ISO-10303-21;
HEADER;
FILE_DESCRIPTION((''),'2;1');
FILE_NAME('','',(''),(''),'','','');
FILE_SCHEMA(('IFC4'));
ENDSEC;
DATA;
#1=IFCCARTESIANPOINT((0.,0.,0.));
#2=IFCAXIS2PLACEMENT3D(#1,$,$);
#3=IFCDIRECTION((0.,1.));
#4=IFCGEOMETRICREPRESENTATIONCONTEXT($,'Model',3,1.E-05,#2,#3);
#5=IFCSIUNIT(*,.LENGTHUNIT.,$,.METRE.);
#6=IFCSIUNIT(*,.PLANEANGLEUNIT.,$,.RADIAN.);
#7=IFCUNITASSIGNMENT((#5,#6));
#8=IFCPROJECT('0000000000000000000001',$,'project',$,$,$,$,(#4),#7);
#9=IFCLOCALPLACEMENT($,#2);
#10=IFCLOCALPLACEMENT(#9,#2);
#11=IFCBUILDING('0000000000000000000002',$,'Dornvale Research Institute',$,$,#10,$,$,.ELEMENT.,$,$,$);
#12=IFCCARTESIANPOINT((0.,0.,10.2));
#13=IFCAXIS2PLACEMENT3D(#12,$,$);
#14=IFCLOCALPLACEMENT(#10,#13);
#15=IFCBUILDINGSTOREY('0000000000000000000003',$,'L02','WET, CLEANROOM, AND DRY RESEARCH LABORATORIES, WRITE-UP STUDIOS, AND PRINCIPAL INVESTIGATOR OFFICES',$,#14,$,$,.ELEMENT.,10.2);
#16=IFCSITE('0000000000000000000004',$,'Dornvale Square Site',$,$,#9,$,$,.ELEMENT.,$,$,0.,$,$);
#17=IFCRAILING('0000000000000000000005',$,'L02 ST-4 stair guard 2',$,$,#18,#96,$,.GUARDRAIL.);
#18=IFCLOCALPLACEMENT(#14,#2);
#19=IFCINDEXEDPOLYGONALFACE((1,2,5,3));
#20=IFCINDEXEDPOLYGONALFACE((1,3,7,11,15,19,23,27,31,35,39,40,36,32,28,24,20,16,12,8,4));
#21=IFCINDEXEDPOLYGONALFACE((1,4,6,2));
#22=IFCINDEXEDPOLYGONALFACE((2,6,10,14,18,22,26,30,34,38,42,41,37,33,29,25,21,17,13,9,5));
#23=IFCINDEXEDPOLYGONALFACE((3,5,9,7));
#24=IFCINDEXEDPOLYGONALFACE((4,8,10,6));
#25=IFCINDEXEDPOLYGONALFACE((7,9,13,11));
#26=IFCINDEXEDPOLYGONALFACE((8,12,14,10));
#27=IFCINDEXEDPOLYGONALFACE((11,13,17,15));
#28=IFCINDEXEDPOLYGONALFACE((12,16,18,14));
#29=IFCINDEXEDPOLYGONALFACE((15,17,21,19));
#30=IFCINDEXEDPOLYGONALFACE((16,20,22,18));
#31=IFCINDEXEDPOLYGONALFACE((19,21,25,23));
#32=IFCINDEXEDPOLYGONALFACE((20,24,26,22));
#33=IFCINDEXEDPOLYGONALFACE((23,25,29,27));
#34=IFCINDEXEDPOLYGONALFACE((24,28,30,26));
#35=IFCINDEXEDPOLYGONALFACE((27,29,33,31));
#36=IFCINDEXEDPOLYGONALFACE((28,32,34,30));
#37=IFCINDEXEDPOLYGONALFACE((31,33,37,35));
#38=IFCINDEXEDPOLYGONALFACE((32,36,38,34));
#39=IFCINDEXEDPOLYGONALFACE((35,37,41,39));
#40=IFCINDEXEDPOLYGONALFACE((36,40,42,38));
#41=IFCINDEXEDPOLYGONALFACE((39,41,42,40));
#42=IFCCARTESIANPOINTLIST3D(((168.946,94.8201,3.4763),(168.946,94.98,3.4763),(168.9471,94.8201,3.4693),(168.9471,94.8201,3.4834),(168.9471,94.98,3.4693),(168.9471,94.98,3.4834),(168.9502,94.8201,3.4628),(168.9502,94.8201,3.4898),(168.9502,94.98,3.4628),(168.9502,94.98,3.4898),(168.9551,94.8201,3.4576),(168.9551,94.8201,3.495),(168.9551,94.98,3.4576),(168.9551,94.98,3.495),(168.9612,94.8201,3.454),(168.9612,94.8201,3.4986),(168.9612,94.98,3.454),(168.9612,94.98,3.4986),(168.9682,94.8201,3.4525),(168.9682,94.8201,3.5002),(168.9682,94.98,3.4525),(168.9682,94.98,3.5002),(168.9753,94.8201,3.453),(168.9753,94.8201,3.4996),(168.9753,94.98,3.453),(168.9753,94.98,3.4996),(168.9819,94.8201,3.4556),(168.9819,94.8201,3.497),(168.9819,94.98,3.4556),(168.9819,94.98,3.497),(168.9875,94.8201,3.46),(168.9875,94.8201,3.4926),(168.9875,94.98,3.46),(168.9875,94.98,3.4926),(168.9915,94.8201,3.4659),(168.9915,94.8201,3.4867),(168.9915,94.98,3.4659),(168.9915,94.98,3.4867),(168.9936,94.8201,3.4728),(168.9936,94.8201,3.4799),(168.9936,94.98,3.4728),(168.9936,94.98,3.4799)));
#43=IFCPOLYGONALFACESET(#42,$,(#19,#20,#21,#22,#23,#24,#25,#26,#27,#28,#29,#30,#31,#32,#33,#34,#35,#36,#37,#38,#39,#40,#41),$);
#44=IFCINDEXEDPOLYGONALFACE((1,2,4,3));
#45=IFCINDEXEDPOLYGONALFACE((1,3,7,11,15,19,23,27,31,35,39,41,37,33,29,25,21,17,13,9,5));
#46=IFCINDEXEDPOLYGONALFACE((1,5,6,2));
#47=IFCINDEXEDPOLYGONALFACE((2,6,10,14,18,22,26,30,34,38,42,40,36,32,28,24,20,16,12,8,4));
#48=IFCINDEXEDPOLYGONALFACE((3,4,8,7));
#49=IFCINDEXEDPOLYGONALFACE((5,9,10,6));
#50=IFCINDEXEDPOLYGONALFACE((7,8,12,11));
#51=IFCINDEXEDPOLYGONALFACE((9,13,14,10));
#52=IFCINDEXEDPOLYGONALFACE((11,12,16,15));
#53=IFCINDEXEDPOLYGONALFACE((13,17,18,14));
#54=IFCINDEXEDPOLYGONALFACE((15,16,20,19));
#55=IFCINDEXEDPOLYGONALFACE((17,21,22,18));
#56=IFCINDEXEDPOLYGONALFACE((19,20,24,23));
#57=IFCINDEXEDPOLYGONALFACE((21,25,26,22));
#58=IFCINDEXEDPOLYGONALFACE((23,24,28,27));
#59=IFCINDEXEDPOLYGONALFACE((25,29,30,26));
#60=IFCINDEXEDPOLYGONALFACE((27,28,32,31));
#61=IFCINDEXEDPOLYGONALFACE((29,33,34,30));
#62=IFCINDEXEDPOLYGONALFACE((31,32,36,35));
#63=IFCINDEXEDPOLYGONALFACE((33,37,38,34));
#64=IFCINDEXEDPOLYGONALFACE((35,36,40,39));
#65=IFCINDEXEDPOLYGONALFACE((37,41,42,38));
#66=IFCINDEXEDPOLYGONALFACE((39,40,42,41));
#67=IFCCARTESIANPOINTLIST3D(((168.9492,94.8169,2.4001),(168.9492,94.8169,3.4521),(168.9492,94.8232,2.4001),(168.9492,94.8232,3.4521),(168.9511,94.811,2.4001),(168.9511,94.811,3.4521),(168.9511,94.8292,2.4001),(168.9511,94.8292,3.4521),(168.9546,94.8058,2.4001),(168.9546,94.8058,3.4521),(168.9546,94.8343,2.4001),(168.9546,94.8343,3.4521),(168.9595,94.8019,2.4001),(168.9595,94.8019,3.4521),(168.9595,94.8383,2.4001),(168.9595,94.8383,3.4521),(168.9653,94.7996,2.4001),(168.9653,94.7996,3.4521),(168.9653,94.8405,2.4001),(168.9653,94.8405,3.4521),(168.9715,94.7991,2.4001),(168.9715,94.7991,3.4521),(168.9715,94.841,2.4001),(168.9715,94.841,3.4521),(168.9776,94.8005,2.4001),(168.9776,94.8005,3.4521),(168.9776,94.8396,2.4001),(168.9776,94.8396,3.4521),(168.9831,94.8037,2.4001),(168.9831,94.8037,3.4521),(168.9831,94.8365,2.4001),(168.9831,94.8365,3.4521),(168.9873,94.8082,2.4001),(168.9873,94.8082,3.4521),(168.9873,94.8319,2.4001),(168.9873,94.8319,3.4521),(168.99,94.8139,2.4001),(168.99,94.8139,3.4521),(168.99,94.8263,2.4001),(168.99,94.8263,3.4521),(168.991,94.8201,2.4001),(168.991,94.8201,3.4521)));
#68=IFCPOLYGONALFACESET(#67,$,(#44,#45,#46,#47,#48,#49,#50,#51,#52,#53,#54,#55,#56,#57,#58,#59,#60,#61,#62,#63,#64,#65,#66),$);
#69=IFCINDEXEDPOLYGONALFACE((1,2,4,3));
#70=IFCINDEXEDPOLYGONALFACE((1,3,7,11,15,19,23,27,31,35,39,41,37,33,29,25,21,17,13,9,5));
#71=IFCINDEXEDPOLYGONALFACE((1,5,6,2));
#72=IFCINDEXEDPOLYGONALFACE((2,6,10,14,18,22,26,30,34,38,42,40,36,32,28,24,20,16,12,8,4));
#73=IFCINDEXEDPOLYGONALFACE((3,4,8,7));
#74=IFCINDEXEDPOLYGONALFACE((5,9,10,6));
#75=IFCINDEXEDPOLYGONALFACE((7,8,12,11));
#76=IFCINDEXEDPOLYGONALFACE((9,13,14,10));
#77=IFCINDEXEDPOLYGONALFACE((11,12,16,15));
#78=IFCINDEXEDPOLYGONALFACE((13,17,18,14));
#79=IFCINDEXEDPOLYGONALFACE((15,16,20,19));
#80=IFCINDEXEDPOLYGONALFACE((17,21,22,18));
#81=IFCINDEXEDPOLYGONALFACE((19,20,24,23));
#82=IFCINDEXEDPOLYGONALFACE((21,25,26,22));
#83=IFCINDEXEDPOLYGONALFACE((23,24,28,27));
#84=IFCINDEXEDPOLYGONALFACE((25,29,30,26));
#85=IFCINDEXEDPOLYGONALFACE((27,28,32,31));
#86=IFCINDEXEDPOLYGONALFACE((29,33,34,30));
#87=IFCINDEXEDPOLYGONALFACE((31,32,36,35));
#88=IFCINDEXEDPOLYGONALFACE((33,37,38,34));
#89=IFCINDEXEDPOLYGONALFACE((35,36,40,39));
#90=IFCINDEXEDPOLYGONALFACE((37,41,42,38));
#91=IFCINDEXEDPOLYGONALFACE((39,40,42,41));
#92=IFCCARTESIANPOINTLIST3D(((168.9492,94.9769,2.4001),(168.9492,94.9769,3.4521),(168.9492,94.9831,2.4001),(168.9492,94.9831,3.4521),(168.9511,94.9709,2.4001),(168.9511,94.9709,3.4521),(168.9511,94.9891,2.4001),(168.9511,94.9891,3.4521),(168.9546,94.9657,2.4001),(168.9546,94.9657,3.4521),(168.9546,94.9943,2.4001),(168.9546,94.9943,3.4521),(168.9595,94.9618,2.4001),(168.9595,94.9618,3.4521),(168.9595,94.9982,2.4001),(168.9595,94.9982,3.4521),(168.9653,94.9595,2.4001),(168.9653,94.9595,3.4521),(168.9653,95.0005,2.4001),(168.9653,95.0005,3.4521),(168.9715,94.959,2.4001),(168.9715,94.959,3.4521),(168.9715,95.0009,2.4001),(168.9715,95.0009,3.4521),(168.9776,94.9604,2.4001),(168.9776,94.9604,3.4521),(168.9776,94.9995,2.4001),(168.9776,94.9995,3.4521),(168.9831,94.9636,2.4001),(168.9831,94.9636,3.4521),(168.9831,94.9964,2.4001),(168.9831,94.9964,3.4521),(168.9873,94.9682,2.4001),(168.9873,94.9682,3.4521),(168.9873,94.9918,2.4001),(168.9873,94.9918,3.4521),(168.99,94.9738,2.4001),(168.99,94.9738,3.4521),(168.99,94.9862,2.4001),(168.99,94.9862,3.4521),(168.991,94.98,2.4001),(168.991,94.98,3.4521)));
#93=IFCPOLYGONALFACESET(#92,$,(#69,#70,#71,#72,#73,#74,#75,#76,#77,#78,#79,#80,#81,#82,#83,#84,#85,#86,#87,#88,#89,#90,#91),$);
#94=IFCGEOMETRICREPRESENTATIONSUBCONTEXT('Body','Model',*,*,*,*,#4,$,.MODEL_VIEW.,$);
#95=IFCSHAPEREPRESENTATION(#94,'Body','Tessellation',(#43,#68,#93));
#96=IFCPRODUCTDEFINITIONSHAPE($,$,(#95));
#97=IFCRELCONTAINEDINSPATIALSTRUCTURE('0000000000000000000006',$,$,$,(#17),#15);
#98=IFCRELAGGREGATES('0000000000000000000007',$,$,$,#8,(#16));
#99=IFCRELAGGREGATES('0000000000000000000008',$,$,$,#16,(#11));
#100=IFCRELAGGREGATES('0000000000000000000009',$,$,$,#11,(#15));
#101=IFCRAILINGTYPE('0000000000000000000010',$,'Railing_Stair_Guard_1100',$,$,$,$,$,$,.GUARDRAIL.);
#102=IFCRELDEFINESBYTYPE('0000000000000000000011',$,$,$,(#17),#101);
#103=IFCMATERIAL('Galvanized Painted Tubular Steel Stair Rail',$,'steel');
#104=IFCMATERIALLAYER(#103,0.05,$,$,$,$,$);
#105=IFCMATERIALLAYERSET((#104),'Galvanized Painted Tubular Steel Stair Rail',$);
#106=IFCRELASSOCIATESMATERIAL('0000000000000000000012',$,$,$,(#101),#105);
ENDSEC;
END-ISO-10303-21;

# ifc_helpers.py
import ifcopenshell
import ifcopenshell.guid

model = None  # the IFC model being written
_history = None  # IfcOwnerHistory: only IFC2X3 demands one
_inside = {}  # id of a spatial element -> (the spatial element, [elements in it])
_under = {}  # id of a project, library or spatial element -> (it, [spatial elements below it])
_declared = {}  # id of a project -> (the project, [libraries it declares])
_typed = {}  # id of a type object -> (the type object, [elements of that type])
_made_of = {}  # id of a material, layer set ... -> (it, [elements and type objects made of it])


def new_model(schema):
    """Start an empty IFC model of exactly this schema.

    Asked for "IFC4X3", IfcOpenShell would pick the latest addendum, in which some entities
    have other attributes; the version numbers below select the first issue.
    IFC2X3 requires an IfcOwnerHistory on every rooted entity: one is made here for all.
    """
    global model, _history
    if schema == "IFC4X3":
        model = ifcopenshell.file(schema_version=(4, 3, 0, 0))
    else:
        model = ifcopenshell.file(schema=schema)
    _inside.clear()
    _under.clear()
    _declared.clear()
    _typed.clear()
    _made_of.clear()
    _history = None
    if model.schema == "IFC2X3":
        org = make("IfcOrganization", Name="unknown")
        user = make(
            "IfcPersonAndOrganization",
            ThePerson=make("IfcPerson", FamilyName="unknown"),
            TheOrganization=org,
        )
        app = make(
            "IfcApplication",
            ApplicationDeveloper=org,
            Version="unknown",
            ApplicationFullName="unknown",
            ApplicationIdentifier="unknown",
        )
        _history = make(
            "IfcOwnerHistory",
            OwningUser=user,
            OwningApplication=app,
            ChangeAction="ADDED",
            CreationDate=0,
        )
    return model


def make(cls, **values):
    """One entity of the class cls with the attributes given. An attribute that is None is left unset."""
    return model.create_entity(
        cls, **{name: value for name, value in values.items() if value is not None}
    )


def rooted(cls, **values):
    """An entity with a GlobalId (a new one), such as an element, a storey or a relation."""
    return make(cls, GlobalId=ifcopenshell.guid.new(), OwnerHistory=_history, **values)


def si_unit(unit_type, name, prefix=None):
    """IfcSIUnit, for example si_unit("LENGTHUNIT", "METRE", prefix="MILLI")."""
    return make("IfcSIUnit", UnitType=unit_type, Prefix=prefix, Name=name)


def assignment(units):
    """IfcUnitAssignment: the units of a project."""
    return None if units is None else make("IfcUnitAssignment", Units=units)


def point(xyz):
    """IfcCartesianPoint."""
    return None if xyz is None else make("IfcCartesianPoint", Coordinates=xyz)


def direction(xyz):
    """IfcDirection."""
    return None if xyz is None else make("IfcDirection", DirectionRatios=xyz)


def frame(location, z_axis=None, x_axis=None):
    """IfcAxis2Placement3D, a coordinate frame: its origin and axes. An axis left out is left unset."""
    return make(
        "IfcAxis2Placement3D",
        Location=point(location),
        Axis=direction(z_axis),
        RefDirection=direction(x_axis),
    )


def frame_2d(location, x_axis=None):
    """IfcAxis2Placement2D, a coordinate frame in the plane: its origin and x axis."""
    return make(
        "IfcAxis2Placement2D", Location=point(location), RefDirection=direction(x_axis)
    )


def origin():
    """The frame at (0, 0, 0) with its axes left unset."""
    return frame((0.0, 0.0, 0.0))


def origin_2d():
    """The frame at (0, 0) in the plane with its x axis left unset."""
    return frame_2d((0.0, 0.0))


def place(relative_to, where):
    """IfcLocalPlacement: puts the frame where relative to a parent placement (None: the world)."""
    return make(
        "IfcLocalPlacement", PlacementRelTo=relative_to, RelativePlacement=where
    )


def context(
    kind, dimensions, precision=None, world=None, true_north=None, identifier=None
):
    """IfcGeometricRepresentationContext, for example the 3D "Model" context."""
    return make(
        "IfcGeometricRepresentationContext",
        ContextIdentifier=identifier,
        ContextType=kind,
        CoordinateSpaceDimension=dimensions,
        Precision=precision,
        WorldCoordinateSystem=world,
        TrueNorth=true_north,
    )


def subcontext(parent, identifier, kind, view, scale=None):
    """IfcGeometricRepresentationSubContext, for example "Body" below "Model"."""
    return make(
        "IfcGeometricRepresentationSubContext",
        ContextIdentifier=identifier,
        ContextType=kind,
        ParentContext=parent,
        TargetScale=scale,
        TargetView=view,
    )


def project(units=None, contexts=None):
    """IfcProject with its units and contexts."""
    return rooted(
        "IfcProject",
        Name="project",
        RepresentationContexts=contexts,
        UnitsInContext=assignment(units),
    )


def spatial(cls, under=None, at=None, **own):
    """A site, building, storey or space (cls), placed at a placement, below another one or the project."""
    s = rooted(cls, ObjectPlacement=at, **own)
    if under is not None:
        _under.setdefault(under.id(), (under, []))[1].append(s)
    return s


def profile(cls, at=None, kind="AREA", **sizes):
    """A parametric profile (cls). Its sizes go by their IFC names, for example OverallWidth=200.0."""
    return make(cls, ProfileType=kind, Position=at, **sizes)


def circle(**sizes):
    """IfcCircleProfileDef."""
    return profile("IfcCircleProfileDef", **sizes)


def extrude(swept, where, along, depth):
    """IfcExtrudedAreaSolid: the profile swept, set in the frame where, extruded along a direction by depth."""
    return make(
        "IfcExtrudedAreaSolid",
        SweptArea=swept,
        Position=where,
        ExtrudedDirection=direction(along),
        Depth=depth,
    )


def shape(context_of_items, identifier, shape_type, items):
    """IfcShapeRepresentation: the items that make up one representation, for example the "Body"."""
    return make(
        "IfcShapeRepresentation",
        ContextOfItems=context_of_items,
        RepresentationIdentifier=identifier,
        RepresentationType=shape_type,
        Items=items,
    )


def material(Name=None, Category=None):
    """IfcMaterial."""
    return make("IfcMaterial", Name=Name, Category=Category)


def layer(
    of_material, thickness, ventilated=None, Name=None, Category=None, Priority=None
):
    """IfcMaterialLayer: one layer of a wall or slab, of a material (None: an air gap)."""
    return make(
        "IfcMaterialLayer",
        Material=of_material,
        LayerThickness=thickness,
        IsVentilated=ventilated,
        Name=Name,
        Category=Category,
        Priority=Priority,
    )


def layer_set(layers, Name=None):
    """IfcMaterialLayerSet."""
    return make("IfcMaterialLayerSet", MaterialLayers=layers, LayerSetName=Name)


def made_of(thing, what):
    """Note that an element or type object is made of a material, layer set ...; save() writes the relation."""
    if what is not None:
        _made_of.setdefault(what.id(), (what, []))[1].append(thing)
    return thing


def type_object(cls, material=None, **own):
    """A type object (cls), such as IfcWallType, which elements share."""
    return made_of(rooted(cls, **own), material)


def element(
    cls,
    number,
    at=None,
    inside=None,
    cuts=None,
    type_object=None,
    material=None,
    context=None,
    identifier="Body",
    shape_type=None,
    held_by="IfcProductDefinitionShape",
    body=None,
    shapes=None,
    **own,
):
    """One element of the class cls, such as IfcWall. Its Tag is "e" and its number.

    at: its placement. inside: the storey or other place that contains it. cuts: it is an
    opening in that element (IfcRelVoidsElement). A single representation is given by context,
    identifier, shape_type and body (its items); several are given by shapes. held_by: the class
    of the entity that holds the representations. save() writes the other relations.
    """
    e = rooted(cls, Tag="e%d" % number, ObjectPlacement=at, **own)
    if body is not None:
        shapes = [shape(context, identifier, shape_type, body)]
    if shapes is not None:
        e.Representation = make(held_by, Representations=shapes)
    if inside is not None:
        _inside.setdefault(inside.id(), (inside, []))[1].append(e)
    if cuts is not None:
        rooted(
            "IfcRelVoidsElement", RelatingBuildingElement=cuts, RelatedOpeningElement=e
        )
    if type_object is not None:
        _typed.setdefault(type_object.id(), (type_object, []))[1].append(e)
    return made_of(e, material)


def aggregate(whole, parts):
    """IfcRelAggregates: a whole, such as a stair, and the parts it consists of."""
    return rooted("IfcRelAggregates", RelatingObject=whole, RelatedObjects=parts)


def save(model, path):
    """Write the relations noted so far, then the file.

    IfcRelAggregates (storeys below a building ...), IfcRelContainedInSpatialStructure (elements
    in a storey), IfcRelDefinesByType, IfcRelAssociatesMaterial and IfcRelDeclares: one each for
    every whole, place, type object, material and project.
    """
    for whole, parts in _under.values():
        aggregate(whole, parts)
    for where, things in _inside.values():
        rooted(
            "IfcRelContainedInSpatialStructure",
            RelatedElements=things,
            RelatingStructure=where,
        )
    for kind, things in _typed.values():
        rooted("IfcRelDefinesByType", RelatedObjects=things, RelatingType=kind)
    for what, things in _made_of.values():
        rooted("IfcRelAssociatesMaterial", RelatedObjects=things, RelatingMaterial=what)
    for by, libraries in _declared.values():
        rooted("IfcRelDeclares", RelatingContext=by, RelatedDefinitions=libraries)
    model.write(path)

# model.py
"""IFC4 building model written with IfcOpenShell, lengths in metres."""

from ifc_helpers import new_model, si_unit, direction, frame, origin, origin_2d, place, context, subcontext, project, spatial, circle, extrude, material, layer, layer_set, type_object, element, save


model = new_model("IFC4")

# Units and contexts
model_context = context("Model", 3, precision=1e-05, world=origin(), true_north=direction((0.0, 1.0)))
body_context = subcontext(model_context, "Body", "Model", "MODEL_VIEW")
ifc_project = project(units=[si_unit("LENGTHUNIT", "METRE"), si_unit("PLANEANGLEUNIT", "RADIAN")], contexts=[model_context])

# Site, building, storey
site_placement = place(None, origin())
site = spatial("IfcSite", under=ifc_project, at=site_placement, Name="Dornvale Square Site", CompositionType="ELEMENT", RefElevation=0.0)
building_placement = place(site_placement, origin())
building = spatial("IfcBuilding", under=site, at=building_placement, Name="Dornvale Research Institute", CompositionType="ELEMENT")
storey_placement = place(building_placement, frame((0.0, 0.0, 10.2)))
storey = spatial("IfcBuildingStorey", under=building, at=storey_placement, Name="L02", Description="WET, CLEANROOM, AND DRY RESEARCH LABORATORIES, WRITE-UP STUDIOS, AND PRINCIPAL INVESTIGATOR OFFICES", CompositionType="ELEMENT", Elevation=10.2)

# Railing
ifc_material_1 = material(Name="Galvanized Painted Tubular Steel Stair Rail", Category="steel")
ifc_layer_1 = layer(ifc_material_1, 0.05)
ifc_layer_set_1 = layer_set([ifc_layer_1], Name="Galvanized Painted Tubular Steel Stair Rail")
railing_type_1 = type_object("IfcRailingType", Name="Railing_Stair_Guard_1100", PredefinedType="GUARDRAIL", material=ifc_layer_set_1)
railing_1_placement = place(storey_placement, frame((168.97, 94.8201, 2.4001)))
element("IfcRailing", 1, at=railing_1_placement, inside=storey, type_object=railing_type_1, Name="L02 ST-4 stair guard 2", PredefinedType="GUARDRAIL", context=body_context, shape_type="SweptSolid", body=[
    extrude(circle(Radius=0.0239, at=origin_2d()), frame((0.0, 0.0, 1.0762), z_axis=(0.0, 1.0, 0.0), x_axis=(-1.0, 0.0, 0.0)), (0.0, 0.0, 1.0), 0.1599),
    extrude(circle(Radius=0.021, at=origin_2d()), origin(), (0.0, 0.0, 1.0), 1.052),
    extrude(circle(Radius=0.021, at=origin_2d()), frame((0.0, 0.1599, 0.0)), (0.0, 0.0, 1.0), 1.052),
])

save(model, "model.ifc")
